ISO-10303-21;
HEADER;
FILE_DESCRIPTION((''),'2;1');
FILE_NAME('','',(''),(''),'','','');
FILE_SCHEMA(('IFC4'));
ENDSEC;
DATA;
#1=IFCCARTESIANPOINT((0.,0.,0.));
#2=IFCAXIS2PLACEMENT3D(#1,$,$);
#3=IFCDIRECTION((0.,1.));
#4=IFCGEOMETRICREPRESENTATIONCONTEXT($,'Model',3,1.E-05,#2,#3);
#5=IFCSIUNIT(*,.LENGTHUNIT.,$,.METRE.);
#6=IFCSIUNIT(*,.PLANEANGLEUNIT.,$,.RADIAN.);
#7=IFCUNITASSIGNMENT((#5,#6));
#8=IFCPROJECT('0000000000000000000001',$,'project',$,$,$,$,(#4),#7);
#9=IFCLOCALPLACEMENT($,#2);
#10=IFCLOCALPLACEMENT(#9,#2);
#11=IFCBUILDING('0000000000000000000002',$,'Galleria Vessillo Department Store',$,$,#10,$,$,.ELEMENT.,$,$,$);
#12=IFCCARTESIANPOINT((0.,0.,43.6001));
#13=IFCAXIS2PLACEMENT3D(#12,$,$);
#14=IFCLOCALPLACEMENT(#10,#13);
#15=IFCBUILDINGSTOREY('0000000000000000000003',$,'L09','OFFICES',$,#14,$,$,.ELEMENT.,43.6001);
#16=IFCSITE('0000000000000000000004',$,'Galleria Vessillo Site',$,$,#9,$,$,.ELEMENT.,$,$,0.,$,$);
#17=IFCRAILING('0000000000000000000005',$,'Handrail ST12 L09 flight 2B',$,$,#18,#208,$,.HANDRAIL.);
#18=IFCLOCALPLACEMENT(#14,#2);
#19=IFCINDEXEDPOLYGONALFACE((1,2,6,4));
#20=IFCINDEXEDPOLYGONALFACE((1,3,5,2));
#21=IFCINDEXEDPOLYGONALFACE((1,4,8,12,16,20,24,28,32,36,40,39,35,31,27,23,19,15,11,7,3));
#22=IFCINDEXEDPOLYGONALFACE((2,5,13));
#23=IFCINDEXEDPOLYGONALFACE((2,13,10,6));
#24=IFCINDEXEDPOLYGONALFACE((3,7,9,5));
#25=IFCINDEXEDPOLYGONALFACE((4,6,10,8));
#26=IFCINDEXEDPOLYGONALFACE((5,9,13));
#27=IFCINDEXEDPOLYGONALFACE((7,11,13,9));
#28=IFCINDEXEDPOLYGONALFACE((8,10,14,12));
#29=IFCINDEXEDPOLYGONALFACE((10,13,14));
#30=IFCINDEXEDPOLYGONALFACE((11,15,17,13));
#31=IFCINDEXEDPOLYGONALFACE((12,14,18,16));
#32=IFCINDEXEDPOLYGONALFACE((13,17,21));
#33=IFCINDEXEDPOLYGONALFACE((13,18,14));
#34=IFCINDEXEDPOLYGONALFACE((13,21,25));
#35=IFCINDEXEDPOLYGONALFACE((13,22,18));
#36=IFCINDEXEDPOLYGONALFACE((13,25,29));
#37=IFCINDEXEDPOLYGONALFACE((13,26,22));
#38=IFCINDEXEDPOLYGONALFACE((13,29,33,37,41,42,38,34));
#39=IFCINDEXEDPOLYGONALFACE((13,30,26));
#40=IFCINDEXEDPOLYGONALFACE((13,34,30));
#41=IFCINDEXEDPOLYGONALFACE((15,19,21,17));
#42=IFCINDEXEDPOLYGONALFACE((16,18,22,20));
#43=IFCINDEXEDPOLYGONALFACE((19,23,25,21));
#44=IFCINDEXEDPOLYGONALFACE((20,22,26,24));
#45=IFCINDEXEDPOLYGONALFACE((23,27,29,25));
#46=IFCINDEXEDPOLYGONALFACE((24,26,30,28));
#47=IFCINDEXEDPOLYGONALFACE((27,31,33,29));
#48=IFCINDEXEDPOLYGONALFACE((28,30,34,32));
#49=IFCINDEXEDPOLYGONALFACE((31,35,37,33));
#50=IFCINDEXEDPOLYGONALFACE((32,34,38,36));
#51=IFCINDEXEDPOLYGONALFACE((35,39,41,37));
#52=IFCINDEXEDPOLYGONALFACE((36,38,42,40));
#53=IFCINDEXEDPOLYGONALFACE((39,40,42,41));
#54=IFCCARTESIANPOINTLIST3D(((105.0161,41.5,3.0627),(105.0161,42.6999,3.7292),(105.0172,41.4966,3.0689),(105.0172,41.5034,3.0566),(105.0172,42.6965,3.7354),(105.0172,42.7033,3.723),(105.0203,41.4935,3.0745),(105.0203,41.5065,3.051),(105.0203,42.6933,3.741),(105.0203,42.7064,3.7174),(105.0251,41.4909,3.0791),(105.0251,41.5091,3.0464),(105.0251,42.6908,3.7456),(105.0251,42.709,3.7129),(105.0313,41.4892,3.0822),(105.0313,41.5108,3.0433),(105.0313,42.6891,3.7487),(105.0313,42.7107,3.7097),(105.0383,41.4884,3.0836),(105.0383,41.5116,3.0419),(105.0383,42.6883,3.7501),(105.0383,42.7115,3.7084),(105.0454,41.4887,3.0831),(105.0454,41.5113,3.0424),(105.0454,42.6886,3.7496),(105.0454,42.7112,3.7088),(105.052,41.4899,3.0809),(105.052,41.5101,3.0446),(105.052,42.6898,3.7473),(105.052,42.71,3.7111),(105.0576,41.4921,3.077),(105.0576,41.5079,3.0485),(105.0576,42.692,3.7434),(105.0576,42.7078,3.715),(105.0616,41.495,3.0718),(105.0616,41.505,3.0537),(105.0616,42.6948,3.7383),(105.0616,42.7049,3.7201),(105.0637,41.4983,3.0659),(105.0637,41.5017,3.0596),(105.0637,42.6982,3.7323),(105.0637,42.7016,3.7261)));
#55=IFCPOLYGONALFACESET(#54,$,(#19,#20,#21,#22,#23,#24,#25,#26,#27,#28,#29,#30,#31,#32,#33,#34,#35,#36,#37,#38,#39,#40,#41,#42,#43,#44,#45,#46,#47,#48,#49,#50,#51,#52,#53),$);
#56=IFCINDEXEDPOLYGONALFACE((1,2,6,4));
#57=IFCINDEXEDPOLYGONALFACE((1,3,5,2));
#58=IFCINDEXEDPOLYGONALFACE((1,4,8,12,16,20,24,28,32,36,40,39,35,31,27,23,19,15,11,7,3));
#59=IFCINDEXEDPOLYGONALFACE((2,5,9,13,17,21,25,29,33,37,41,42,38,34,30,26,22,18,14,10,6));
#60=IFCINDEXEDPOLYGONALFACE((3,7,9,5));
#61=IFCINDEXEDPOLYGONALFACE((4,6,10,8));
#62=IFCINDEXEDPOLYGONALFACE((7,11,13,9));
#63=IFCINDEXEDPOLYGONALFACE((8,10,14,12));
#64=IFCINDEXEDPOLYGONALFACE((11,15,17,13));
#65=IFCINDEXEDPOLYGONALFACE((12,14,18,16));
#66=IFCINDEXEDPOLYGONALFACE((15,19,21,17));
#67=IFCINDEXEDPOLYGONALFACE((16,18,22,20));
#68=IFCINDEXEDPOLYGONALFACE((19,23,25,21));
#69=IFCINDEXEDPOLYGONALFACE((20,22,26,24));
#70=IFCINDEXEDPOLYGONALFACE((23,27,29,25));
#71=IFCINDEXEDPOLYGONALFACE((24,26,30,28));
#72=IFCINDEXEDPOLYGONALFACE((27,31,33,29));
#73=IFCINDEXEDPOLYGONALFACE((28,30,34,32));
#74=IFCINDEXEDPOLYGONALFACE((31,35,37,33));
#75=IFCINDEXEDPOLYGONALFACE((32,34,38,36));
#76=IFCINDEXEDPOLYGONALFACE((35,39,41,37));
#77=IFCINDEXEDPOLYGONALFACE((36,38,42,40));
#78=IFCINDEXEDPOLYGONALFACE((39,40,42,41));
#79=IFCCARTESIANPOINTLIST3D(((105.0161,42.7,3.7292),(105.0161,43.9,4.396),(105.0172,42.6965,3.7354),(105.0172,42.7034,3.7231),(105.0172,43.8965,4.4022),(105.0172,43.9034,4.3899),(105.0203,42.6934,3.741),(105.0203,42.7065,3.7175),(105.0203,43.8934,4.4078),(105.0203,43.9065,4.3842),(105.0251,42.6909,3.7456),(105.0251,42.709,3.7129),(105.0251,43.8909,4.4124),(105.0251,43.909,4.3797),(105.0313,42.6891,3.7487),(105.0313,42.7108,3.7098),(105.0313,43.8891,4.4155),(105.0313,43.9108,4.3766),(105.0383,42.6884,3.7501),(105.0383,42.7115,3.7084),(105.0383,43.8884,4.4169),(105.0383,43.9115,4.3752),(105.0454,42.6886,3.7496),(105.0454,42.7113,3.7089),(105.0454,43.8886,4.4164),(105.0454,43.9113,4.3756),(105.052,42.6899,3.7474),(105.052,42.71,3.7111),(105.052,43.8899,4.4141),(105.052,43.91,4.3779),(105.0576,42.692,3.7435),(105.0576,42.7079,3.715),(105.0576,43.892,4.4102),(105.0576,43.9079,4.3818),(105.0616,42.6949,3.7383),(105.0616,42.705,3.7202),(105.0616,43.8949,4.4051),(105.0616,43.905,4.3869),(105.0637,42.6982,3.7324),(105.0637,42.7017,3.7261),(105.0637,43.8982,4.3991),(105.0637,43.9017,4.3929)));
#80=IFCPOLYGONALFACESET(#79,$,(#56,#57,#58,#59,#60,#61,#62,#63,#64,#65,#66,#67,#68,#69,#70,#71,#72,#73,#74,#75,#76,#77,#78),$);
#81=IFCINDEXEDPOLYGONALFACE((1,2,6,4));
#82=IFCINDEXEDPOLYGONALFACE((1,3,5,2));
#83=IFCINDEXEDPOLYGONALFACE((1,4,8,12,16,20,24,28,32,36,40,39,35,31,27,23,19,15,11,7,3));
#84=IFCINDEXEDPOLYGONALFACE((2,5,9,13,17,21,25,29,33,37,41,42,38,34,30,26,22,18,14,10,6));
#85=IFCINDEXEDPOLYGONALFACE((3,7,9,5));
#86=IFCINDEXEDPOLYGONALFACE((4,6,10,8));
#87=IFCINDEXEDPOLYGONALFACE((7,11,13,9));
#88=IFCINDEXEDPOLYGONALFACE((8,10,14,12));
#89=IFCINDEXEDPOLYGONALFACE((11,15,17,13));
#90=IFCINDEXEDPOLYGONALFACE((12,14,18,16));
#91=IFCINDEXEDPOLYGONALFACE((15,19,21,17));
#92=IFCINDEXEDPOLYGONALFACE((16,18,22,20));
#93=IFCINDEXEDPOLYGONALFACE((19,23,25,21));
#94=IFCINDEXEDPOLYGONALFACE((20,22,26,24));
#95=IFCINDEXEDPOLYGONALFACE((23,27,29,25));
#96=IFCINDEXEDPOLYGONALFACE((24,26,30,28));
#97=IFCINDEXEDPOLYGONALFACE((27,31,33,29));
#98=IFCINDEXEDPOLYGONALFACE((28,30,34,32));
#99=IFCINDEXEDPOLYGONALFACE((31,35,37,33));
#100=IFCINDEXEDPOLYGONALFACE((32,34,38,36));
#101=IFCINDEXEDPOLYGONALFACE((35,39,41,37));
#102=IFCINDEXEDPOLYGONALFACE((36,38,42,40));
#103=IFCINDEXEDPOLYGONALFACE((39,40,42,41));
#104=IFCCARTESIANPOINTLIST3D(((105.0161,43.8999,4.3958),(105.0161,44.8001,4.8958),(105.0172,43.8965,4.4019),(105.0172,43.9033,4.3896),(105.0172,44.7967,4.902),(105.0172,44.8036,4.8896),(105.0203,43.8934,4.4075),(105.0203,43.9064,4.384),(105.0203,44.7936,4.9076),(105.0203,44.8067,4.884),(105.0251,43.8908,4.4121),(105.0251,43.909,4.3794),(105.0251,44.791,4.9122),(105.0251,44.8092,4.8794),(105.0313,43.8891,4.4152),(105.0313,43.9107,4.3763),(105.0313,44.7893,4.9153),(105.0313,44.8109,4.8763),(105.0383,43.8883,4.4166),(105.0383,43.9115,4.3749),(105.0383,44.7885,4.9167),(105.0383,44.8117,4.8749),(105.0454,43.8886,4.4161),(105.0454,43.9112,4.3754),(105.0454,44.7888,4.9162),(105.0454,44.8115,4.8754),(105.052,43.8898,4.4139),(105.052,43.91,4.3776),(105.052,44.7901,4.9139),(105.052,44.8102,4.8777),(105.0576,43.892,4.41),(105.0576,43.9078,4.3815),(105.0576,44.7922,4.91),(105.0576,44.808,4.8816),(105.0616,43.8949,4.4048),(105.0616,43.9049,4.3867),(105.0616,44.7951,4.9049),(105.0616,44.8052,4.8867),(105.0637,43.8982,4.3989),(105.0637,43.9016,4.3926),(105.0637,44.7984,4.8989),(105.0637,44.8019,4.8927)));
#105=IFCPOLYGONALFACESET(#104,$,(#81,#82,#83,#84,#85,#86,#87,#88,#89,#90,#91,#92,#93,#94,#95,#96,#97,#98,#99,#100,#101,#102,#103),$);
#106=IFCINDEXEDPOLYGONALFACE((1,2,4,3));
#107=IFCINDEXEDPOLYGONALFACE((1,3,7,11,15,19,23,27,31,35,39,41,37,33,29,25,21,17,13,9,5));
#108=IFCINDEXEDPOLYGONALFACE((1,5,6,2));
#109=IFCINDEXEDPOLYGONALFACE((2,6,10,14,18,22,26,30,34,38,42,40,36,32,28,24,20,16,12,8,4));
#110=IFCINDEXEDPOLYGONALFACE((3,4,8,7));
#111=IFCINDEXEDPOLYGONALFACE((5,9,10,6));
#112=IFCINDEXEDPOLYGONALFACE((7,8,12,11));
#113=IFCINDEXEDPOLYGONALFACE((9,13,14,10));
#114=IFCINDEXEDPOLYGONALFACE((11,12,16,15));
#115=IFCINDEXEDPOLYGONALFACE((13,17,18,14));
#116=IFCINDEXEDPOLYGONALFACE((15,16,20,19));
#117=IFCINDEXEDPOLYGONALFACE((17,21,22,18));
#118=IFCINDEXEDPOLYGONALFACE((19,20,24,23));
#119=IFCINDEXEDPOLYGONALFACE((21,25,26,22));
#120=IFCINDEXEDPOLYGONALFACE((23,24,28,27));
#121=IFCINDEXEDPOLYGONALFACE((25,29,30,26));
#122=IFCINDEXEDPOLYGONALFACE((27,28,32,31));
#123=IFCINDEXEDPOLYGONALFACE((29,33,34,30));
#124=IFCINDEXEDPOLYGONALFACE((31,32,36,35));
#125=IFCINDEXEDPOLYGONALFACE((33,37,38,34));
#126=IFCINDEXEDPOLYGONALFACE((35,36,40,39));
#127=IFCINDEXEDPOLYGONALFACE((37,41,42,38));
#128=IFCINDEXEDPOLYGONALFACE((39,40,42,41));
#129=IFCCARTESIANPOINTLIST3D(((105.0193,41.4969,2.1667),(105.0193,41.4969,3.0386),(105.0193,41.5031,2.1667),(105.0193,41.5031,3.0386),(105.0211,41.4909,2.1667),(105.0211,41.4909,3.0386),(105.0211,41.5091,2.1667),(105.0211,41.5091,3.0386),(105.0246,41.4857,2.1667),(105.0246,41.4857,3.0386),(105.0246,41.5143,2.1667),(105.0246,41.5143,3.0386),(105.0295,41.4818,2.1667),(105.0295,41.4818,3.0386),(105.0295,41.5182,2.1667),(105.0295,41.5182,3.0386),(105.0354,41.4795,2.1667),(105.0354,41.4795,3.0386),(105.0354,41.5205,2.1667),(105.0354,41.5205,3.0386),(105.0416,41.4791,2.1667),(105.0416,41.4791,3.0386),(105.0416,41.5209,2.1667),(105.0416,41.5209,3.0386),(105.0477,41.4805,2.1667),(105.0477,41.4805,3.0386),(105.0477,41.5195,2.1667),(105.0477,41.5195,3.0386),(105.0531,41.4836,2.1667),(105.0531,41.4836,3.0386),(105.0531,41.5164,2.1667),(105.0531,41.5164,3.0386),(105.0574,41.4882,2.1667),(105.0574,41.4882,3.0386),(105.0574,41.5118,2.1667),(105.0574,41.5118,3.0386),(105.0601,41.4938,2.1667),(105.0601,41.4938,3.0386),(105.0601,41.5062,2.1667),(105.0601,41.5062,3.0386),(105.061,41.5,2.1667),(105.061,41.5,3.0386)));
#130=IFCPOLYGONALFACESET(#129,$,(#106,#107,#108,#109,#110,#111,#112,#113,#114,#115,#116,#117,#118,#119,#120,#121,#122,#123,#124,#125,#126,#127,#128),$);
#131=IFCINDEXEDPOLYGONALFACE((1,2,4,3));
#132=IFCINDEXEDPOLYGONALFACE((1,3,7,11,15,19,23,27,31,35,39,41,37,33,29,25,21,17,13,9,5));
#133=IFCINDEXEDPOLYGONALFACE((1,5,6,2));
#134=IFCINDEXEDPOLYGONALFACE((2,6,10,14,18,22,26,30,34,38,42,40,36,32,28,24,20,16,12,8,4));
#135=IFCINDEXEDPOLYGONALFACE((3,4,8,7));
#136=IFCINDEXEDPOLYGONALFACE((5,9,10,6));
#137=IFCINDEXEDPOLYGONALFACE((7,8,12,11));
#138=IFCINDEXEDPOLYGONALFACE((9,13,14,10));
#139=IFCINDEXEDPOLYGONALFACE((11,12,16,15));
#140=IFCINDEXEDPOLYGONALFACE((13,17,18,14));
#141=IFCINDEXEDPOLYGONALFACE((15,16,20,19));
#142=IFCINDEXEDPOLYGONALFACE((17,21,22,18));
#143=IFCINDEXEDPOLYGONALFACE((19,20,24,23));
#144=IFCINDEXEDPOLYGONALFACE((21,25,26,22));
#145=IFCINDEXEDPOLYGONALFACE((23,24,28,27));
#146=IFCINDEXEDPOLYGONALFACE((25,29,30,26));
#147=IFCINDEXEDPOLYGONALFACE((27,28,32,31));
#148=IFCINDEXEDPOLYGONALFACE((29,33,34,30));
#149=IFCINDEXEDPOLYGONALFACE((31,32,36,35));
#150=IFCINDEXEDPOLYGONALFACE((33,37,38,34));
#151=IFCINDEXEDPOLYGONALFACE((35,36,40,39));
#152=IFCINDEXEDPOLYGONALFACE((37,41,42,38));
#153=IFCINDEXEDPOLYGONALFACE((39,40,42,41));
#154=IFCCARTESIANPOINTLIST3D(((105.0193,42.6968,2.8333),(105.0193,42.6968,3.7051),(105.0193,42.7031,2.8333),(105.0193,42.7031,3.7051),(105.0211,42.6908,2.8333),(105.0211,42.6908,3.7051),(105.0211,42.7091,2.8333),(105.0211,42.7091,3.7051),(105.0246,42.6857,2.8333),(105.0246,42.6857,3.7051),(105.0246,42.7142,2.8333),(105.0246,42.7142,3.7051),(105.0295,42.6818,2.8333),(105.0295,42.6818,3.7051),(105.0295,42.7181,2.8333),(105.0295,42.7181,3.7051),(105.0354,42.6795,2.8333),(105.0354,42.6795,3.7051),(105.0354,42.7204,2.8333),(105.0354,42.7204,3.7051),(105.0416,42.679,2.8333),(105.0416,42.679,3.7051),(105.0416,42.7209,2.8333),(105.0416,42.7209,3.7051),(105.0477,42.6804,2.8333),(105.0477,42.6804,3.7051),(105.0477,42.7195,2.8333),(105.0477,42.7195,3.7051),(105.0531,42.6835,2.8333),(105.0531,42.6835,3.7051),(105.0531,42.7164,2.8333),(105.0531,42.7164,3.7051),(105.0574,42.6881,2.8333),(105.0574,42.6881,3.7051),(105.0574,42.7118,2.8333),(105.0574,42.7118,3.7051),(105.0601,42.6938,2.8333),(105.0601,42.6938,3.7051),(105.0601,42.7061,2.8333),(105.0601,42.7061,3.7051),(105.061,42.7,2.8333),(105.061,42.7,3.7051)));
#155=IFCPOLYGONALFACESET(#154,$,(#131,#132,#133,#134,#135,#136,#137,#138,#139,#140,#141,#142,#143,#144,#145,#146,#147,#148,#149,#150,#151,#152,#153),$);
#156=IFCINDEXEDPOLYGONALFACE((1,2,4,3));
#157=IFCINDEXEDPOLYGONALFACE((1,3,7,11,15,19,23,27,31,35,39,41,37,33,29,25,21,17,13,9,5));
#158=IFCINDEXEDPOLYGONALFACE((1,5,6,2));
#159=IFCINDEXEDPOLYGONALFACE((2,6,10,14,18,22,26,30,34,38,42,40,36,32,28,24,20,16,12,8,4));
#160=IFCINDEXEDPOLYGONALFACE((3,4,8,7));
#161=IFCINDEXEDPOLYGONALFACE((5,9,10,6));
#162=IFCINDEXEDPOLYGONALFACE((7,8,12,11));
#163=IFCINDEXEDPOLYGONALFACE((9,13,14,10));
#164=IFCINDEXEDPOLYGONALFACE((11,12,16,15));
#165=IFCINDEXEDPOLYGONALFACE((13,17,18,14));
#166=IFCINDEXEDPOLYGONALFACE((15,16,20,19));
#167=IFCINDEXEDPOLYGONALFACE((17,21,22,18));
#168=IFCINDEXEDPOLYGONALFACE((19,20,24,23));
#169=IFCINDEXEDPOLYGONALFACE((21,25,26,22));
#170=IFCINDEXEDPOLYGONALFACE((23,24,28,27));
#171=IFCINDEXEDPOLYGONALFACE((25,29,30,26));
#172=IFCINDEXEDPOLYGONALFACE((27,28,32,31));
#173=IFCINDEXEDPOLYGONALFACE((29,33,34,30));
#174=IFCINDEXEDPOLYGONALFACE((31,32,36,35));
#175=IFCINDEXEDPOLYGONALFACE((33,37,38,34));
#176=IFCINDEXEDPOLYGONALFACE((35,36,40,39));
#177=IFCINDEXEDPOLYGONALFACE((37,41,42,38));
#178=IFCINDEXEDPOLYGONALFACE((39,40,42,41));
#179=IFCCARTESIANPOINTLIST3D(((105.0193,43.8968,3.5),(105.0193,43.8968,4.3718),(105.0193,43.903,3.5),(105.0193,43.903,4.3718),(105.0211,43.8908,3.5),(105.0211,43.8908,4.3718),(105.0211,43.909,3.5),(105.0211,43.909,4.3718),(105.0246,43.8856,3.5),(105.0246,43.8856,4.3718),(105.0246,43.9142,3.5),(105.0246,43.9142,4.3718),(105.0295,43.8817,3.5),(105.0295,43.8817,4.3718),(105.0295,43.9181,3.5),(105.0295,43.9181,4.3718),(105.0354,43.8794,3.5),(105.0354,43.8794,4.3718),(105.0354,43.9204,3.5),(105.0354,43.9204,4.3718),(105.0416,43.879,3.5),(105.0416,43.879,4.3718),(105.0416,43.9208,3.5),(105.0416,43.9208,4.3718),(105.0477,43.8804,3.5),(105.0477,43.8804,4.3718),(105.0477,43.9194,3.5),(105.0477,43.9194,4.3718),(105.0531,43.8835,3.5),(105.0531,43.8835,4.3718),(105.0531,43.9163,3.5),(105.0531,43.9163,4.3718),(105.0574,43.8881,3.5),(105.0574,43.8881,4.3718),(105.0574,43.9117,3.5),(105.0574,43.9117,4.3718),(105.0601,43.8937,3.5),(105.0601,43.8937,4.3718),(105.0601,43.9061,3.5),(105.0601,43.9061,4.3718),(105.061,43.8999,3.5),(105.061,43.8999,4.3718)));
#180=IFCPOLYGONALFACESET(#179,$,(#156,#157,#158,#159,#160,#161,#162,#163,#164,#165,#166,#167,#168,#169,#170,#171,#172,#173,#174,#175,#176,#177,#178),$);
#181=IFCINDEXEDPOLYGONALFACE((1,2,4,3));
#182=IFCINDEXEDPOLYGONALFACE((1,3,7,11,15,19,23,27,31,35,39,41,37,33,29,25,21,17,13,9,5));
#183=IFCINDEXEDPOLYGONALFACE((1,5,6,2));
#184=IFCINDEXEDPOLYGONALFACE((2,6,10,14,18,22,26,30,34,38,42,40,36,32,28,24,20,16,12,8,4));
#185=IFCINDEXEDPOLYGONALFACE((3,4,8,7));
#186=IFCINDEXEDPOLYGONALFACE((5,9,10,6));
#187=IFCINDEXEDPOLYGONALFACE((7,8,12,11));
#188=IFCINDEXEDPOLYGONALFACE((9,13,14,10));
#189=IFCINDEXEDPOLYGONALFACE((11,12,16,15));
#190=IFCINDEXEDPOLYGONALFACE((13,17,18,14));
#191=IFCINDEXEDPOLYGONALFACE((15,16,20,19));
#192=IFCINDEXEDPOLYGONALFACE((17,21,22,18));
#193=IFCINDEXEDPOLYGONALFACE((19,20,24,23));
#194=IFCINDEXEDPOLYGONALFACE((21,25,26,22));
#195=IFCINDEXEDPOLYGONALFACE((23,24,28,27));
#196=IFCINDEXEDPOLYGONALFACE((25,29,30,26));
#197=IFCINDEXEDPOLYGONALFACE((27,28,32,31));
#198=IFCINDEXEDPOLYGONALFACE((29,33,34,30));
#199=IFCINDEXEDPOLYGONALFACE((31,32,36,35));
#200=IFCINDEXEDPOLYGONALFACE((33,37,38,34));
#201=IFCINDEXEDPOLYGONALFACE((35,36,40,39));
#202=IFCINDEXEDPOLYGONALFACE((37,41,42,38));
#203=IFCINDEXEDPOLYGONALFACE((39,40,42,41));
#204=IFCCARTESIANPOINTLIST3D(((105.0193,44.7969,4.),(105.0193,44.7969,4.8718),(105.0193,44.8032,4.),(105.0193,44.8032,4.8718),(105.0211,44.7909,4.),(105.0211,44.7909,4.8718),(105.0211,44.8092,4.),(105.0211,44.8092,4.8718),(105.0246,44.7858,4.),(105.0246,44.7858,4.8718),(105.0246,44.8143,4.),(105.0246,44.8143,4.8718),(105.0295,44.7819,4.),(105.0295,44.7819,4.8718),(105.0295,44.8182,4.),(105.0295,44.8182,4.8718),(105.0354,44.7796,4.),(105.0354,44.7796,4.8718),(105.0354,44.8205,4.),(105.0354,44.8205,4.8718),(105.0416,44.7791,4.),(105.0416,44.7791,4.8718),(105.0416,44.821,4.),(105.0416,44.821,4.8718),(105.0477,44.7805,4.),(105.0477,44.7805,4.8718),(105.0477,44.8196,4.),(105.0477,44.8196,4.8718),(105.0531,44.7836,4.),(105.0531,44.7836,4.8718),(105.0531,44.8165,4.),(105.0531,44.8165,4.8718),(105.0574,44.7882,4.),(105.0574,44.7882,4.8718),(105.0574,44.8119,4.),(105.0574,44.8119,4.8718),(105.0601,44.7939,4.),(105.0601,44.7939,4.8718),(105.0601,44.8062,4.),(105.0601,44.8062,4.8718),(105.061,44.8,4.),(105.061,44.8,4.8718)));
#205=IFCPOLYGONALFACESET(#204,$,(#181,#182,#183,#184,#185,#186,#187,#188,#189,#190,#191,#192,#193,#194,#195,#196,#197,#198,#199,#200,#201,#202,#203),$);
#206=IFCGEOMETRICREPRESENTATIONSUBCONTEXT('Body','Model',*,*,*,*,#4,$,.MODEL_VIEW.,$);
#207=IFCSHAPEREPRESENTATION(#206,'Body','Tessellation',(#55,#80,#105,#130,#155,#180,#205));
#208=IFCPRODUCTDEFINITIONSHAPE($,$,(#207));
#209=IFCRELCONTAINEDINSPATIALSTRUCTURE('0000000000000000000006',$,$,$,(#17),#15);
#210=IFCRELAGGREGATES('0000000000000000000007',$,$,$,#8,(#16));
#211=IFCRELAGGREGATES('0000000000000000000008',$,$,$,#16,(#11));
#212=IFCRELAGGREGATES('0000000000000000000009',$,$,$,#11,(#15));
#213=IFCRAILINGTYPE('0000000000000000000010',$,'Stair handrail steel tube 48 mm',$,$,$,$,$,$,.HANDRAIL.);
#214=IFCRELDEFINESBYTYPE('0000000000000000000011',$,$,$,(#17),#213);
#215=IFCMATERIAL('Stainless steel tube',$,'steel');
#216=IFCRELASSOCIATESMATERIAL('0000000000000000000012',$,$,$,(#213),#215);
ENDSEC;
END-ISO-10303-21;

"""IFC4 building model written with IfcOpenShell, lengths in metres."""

from ifc_helpers import new_model, si_unit, direction, frame, origin, origin_2d, place, context, subcontext, project, spatial, circle, extrude, material, type_object, element, save


model = new_model("IFC4")

# Units and contexts
model_context = context("Model", 3, precision=1e-05, world=origin(), true_north=direction((0.0, 1.0)))
body_context = subcontext(model_context, "Body", "Model", "MODEL_VIEW")
ifc_project = project(units=[si_unit("LENGTHUNIT", "METRE"), si_unit("PLANEANGLEUNIT", "RADIAN")], contexts=[model_context])

# Site, building, storey
site_placement = place(None, origin())
site = spatial("IfcSite", under=ifc_project, at=site_placement, Name="Galleria Vessillo Site", CompositionType="ELEMENT", RefElevation=0.0)
building_placement = place(site_placement, origin())
building = spatial("IfcBuilding", under=site, at=building_placement, Name="Galleria Vessillo Department Store", CompositionType="ELEMENT")
storey_placement = place(building_placement, frame((0.0, 0.0, 43.6001)))
storey = spatial("IfcBuildingStorey", under=building, at=storey_placement, Name="L09", Description="OFFICES", CompositionType="ELEMENT", Elevation=43.6001)

# Railing
ifc_material_1 = material(Name="Stainless steel tube", Category="steel")
railing_type = type_object("IfcRailingType", Name="Stair handrail steel tube 48 mm", PredefinedType="HANDRAIL", material=ifc_material_1)
railing_placement = place(storey_placement, frame((105.04, 41.5, 2.1667)))
element("IfcRailing", 1, at=railing_placement, inside=storey, type_object=railing_type, Name="Handrail ST12 L09 flight 2B", PredefinedType="HANDRAIL", context=body_context, shape_type="SweptSolid", body=[
    extrude(circle(Radius=0.0239, at=origin_2d()), frame((0.0, 0.0, 0.896), z_axis=(0.0, 0.874199, 0.485567), x_axis=(-1.0, 0.0, 0.0)), (0.0, 0.0, 1.0), 1.3726),
    extrude(circle(Radius=0.0239, at=origin_2d()), frame((0.0, 1.2, 1.5625), z_axis=(0.0, 0.874124, 0.485703), x_axis=(-1.0, 0.0, 0.0)), (0.0, 0.0, 1.0), 1.3728),
    extrude(circle(Radius=0.0239, at=origin_2d()), frame((0.0, 2.3999, 2.229), z_axis=(0.0, 0.874191, 0.485583), x_axis=(-1.0, 0.0, 0.0)), (0.0, 0.0, 1.0), 1.0298),
    extrude(circle(Radius=0.021, at=origin_2d()), origin(), (0.0, 0.0, 1.0), 0.8718),
    extrude(circle(Radius=0.021, at=origin_2d()), frame((0.0, 1.2, 0.6665)), (0.0, 0.0, 1.0), 0.8718),
    extrude(circle(Radius=0.021, at=origin_2d()), frame((0.0, 2.3999, 1.3333)), (0.0, 0.0, 1.0), 0.8718),
    extrude(circle(Radius=0.021, at=origin_2d()), frame((0.0, 3.3, 1.8333)), (0.0, 0.0, 1.0), 0.8718),
])

save(model, "model.ifc")
